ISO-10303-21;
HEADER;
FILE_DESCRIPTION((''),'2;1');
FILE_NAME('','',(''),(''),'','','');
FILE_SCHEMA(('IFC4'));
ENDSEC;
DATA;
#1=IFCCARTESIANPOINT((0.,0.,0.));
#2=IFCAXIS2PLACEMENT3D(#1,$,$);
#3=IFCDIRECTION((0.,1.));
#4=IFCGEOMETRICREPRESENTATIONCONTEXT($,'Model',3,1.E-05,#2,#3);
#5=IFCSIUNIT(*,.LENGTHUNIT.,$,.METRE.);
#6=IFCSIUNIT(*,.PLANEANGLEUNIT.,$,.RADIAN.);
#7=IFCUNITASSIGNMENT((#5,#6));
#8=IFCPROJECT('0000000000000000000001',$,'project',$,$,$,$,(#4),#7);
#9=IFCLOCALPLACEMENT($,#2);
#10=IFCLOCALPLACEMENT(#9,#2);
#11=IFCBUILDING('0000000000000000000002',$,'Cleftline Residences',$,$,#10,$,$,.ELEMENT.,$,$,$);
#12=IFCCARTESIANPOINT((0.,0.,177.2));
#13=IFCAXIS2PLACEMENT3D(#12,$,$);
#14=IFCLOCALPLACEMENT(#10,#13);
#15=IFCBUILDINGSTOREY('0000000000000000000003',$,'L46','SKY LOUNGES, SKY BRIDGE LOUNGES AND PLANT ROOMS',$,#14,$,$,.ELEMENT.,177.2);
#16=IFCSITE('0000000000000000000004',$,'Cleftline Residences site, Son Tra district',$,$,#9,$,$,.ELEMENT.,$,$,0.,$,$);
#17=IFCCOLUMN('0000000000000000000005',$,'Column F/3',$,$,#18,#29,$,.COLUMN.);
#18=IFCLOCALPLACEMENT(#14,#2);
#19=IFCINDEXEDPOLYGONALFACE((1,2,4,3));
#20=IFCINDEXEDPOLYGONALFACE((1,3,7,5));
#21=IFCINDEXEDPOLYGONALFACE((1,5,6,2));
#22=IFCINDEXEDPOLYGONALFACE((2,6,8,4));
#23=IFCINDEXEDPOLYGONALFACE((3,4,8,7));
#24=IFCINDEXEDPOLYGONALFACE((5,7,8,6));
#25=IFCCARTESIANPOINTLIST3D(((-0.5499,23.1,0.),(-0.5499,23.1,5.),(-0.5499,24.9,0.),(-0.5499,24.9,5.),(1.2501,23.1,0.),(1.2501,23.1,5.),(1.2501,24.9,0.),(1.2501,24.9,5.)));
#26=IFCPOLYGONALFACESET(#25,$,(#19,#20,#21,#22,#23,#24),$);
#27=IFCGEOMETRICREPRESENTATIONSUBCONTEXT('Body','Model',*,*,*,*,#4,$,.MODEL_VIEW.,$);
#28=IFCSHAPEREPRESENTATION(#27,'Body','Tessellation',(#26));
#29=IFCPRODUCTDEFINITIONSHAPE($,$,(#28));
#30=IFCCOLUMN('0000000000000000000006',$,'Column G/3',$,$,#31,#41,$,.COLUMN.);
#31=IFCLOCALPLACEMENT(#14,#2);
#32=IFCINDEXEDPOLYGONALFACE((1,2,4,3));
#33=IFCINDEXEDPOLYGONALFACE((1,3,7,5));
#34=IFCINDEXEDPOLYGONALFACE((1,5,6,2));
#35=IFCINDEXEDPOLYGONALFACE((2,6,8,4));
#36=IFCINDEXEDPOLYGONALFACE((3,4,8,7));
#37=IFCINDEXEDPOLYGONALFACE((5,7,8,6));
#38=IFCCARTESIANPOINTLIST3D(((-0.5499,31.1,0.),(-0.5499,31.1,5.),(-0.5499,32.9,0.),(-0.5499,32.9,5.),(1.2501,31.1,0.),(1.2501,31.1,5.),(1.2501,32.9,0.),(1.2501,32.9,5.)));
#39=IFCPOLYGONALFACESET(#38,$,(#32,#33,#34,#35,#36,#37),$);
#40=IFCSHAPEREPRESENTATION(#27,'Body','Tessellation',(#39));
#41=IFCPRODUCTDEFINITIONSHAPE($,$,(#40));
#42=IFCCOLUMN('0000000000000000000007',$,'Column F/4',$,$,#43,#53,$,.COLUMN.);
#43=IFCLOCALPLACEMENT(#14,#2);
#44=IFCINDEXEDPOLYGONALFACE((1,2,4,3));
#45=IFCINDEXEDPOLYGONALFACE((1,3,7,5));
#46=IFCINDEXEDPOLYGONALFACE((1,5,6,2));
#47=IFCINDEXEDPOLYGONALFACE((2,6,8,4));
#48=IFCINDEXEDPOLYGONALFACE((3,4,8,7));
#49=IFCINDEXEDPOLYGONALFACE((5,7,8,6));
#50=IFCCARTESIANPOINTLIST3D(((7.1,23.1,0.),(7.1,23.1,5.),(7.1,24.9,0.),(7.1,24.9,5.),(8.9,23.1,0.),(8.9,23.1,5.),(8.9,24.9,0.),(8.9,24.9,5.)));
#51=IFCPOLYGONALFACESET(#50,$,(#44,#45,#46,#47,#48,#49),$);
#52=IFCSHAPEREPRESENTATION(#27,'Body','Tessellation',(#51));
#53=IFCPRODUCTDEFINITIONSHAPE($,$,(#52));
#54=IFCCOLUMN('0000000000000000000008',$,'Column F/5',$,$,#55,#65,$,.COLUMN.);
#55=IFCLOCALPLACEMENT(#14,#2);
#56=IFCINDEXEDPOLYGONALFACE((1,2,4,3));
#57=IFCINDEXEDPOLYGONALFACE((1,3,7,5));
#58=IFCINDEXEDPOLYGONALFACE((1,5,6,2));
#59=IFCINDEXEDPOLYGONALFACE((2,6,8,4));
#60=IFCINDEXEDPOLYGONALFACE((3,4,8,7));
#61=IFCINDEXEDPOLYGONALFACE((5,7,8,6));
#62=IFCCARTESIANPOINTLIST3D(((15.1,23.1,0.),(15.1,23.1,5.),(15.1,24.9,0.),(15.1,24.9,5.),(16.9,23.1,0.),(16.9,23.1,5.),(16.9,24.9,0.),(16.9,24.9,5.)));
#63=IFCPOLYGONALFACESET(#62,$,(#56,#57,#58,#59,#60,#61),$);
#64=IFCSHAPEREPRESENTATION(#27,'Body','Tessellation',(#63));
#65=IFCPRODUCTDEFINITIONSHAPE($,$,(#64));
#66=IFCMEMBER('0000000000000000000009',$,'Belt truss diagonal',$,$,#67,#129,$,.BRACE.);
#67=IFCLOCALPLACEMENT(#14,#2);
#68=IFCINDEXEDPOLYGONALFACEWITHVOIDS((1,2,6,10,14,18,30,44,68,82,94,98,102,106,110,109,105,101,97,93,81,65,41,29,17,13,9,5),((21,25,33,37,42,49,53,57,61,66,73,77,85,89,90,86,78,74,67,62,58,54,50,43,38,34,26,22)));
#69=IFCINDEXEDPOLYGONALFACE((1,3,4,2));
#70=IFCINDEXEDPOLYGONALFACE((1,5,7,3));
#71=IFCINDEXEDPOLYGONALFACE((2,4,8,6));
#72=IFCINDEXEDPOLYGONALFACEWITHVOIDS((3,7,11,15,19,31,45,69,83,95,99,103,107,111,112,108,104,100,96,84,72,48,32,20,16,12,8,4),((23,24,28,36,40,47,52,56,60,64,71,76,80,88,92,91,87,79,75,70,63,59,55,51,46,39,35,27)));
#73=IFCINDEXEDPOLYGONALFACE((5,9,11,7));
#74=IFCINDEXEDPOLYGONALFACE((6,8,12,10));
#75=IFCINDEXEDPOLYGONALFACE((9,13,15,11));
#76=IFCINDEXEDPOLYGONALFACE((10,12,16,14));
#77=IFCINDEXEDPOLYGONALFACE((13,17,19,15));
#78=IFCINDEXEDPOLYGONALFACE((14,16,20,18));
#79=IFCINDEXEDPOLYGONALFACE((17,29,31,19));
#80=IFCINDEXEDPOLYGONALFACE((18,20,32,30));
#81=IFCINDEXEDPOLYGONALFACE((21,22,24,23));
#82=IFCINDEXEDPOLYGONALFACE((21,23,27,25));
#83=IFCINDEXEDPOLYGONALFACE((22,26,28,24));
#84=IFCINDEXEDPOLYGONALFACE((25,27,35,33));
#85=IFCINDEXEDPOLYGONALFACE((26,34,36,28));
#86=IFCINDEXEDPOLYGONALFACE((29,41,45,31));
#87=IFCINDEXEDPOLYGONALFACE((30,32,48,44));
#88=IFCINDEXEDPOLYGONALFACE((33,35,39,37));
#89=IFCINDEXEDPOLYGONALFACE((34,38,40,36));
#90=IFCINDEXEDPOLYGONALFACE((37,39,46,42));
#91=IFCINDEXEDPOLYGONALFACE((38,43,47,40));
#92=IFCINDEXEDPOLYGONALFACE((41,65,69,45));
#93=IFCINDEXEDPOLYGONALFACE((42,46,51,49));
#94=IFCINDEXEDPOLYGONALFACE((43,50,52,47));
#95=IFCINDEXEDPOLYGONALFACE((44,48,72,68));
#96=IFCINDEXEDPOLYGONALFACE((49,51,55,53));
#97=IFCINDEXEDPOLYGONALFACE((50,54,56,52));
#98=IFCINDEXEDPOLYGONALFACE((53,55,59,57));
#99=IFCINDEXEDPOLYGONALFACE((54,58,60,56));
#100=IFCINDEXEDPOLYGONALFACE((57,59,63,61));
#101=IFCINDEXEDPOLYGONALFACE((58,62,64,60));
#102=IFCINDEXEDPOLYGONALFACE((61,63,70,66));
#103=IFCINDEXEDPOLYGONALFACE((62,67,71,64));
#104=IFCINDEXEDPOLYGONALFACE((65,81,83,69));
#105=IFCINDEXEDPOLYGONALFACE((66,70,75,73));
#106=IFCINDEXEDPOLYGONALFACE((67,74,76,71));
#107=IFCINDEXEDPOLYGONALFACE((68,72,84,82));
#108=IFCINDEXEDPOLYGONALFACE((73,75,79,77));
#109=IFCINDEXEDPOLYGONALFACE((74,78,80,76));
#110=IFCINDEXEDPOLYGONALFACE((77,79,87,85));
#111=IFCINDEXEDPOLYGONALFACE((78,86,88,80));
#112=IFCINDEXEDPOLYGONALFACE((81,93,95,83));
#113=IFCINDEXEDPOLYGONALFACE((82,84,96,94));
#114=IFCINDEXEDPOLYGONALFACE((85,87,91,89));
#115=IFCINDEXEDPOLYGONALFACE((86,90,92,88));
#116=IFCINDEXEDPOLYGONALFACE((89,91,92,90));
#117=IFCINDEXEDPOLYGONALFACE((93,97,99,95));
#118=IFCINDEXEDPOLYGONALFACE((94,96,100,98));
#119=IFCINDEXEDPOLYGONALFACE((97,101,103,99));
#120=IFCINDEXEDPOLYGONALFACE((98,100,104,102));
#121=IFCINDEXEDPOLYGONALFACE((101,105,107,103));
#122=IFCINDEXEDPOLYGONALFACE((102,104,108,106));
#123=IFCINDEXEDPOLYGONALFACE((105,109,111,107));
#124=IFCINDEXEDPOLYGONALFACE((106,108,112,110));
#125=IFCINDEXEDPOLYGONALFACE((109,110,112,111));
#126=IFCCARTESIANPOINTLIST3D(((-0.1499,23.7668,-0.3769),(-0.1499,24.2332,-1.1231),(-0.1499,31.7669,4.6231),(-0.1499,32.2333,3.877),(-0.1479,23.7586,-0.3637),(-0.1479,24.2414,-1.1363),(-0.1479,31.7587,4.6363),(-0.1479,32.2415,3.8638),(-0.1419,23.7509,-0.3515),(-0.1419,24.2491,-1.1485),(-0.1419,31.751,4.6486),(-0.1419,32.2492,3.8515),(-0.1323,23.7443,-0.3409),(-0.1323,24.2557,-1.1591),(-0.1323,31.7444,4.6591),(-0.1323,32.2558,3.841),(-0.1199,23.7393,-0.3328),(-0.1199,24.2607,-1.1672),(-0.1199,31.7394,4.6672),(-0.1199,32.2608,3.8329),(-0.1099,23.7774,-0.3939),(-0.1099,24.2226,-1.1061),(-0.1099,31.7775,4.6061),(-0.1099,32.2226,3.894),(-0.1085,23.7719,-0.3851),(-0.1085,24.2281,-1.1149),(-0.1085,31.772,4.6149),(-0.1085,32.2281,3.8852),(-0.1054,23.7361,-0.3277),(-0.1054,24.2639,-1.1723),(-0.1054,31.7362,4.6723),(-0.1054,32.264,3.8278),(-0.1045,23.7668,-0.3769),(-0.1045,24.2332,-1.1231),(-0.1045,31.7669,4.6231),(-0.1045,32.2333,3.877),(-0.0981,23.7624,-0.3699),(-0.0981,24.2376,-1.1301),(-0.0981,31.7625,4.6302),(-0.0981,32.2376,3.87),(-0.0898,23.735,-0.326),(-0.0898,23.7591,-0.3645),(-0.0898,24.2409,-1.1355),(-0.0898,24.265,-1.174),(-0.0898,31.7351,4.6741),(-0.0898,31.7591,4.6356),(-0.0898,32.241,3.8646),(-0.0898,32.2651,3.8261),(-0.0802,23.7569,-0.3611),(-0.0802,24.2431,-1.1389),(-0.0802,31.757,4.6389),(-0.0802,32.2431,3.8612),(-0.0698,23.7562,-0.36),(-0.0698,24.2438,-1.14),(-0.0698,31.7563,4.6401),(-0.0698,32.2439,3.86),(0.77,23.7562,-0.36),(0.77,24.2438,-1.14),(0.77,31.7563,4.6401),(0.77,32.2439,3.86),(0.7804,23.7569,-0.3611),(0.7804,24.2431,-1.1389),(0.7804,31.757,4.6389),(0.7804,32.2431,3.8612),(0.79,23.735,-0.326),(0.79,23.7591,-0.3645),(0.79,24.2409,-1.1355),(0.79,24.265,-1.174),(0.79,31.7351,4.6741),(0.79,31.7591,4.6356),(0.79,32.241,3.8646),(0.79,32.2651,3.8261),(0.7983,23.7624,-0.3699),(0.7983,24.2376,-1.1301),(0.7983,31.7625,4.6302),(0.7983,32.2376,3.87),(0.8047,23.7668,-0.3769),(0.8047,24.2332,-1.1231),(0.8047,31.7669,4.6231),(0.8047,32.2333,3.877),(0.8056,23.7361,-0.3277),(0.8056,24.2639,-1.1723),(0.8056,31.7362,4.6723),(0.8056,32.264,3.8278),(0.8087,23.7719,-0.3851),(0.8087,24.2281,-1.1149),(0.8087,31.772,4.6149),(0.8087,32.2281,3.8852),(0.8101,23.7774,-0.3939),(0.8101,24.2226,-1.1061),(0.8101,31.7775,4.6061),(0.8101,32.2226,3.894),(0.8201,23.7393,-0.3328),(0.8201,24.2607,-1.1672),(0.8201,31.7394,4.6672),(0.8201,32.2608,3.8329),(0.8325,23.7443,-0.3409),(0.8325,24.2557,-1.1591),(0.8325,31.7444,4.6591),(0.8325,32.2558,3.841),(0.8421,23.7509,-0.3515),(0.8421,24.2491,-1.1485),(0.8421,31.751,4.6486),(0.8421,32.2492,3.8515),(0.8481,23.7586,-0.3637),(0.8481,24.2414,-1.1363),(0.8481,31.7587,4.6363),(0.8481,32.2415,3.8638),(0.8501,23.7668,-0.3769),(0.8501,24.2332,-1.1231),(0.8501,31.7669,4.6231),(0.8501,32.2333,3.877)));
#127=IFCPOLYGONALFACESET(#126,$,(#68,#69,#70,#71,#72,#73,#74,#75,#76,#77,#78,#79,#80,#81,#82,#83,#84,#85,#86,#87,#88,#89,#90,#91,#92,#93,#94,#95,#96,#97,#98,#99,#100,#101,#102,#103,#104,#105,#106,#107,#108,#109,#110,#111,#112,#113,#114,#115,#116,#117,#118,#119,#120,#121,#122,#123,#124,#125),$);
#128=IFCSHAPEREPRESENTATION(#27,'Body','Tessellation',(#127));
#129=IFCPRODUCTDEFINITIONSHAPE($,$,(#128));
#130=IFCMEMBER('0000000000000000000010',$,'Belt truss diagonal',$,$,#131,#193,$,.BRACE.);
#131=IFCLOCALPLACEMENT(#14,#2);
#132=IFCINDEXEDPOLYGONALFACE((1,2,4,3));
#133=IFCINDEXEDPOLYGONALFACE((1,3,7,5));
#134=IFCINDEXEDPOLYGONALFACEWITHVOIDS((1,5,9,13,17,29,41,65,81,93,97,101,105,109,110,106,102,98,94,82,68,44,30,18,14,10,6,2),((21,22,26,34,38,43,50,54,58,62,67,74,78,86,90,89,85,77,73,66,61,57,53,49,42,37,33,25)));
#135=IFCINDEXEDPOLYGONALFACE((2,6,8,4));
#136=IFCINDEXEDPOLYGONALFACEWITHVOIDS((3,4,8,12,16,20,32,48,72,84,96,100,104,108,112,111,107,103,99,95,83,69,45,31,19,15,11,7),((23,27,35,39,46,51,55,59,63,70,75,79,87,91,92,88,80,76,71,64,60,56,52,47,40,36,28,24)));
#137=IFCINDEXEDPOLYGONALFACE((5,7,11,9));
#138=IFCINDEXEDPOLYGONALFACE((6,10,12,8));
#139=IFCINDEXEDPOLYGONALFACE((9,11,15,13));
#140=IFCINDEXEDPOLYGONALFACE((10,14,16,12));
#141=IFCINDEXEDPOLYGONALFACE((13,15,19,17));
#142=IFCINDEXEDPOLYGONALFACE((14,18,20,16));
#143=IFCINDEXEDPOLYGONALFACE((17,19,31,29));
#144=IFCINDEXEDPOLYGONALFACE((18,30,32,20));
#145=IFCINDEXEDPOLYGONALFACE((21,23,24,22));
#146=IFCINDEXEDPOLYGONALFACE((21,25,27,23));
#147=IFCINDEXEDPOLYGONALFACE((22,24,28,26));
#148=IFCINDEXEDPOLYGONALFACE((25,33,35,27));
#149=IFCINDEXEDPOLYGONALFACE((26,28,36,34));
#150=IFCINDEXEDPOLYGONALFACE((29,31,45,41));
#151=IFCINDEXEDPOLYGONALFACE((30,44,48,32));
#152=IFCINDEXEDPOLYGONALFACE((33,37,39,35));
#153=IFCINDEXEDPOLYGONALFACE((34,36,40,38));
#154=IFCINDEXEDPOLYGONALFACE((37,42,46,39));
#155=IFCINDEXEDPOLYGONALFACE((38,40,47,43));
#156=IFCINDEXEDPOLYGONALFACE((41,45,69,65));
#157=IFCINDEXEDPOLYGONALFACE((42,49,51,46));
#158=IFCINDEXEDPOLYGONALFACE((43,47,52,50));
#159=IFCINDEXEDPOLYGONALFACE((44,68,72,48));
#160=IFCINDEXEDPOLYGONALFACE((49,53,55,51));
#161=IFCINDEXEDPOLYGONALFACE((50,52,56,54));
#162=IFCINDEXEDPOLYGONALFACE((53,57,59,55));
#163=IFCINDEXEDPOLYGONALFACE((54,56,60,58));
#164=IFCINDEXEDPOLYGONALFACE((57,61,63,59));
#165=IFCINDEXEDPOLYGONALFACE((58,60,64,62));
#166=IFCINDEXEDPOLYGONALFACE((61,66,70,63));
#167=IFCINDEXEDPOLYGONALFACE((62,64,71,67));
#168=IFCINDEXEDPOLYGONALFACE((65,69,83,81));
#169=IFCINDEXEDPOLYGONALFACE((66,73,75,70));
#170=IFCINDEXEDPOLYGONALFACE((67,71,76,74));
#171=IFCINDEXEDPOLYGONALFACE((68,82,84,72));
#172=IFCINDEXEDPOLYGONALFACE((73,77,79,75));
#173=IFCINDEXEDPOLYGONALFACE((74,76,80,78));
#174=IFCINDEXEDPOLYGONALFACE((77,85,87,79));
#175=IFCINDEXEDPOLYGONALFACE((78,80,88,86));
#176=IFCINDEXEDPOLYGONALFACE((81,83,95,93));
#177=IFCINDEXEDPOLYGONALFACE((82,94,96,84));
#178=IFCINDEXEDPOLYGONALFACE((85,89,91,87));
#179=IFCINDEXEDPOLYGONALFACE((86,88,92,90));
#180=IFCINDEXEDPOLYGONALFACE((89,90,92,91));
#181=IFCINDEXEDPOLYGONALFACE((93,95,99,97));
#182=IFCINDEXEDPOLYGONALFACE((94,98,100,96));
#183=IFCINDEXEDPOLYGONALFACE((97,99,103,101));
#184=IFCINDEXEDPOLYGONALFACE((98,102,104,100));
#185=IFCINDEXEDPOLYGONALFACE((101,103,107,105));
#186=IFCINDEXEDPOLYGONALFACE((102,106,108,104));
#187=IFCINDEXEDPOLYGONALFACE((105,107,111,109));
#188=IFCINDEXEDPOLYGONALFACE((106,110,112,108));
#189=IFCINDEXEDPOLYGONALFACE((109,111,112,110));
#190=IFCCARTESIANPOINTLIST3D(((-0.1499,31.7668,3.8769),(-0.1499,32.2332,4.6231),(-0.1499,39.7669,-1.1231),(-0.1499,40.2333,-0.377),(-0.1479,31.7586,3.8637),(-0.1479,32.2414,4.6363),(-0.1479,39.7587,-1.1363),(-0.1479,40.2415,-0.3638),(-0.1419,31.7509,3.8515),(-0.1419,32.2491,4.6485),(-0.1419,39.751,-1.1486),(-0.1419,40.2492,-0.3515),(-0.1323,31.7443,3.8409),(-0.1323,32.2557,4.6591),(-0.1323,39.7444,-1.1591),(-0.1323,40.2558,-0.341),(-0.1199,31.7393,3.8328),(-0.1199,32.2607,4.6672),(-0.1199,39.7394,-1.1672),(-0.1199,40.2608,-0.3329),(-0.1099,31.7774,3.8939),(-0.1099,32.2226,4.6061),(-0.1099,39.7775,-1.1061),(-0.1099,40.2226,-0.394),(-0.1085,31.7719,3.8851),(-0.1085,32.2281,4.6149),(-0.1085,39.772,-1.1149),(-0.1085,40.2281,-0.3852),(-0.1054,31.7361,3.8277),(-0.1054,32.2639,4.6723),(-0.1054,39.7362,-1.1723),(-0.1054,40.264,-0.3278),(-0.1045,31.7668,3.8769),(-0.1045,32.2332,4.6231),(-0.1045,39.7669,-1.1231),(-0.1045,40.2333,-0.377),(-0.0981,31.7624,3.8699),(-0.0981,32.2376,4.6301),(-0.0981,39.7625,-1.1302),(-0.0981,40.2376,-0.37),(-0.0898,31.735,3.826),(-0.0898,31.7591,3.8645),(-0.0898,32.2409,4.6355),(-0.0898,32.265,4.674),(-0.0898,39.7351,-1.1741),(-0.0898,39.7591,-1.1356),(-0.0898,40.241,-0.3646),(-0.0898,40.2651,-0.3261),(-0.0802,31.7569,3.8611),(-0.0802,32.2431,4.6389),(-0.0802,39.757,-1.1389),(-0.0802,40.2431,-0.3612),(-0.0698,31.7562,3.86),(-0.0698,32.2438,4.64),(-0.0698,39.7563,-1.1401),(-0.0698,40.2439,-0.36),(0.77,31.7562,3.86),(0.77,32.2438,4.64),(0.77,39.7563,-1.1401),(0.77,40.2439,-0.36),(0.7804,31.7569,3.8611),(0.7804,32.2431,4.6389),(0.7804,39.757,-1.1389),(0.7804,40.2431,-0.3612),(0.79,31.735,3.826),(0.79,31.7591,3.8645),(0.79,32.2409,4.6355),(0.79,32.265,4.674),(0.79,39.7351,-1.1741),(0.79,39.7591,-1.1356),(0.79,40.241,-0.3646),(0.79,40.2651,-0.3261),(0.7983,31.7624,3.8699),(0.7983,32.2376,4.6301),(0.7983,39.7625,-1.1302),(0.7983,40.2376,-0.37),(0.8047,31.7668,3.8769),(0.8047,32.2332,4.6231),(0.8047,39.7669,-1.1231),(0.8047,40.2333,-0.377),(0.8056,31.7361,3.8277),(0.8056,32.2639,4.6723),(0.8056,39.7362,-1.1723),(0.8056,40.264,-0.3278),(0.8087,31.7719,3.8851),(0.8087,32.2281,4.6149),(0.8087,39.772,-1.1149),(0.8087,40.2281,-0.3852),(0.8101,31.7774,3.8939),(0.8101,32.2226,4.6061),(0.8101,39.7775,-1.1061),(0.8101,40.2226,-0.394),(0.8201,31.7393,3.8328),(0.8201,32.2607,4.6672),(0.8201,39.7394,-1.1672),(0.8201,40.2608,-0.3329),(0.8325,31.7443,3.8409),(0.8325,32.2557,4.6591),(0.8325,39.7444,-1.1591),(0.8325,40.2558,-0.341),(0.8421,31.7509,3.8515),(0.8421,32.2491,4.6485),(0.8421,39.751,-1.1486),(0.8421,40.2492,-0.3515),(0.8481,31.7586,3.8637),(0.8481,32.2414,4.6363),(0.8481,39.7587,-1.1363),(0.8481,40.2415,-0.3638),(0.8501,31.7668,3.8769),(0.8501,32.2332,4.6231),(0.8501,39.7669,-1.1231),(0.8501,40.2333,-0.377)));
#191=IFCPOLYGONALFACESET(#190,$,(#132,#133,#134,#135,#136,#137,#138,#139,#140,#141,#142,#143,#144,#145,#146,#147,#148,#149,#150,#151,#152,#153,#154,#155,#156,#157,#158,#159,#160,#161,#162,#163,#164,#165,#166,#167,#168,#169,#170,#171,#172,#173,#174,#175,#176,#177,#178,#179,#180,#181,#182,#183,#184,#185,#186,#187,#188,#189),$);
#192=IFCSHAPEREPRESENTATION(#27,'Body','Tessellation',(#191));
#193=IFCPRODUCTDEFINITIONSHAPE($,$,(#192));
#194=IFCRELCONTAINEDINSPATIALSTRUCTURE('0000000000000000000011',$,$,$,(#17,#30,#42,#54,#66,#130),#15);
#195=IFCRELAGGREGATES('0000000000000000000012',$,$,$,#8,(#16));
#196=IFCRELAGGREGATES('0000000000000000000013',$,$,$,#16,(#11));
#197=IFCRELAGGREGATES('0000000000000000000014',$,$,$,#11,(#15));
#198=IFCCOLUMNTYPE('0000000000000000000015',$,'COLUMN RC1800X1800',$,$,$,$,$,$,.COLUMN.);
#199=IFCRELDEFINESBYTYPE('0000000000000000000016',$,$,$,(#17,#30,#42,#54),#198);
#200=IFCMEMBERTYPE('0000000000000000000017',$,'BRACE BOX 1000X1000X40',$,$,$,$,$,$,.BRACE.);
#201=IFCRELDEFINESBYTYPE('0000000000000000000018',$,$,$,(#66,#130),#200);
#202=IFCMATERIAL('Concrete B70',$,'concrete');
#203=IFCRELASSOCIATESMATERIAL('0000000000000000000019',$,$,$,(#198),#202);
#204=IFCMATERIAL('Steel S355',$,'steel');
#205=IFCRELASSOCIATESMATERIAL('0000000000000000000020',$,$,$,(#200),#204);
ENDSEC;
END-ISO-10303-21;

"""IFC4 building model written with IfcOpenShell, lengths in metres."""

from ifc_helpers import new_model, si_unit, direction, frame, origin, origin_2d, place, context, subcontext, project, spatial, rectangle, hollow_rectangle, extrude, material, material_profile, profile_set, type_object, element, save


model = new_model("IFC4")

# Units and contexts
model_context = context("Model", 3, precision=1e-05, world=origin(), true_north=direction((0.0, 1.0)))
body_context = subcontext(model_context, "Body", "Model", "MODEL_VIEW")
ifc_project = project(units=[si_unit("LENGTHUNIT", "METRE"), si_unit("PLANEANGLEUNIT", "RADIAN")], contexts=[model_context])

# Site, building, storey
site_placement = place(None, origin())
site = spatial("IfcSite", under=ifc_project, at=site_placement, Name="Cleftline Residences site, Son Tra district", CompositionType="ELEMENT", RefElevation=0.0)
building_placement = place(site_placement, origin())
building = spatial("IfcBuilding", under=site, at=building_placement, Name="Cleftline Residences", CompositionType="ELEMENT")
storey_placement = place(building_placement, frame((0.0, 0.0, 177.2)))
storey = spatial("IfcBuildingStorey", under=building, at=storey_placement, Name="L46", Description="SKY LOUNGES, SKY BRIDGE LOUNGES AND PLANT ROOMS", CompositionType="ELEMENT", Elevation=177.2)

# Columns
ifc_material_1 = material(Name="Concrete B70", Category="concrete")
ifc_material_profile_1 = material_profile(ifc_material_1, rectangle(XDim=1.8, YDim=1.8, at=origin_2d()))
ifc_profile_set_1 = profile_set([ifc_material_profile_1], Name="Concrete B70")
column_type = type_object("IfcColumnType", Name="COLUMN RC1800X1800", PredefinedType="COLUMN", material=ifc_profile_set_1)
for number, where, z_axis, x_axis, name in (
    (1, (0.3501, 24.0, 0.0), (0.0, 0.0, 1.0), (1.0, 0.0, 0.0), "Column F/3"),
    (2, (0.3501, 32.0, 0.0), (0.0, 0.0, 1.0), (1.0, 0.0, 0.0), "Column G/3"),
    (3, (8.0, 24.0, 0.0), (0.0, 0.0, 1.0), (1.0, 0.0, 0.0), "Column F/4"),
    (4, (16.0, 24.0, 0.0), (0.0, 0.0, 1.0), (1.0, 0.0, 0.0), "Column F/5"),
):
    element("IfcColumn", number, at=place(storey_placement, frame(where, z_axis=z_axis, x_axis=x_axis)), inside=storey, type_object=column_type, Name=name, PredefinedType="COLUMN", context=body_context, shape_type="SweptSolid", body=[
        extrude(rectangle(XDim=1.8, YDim=1.8, at=origin_2d()), origin(), (0.0, 0.0, 1.0), 5.0),
    ])

# Members
ifc_material_2 = material(Name="Steel S355", Category="steel")
ifc_material_profile_2 = material_profile(ifc_material_2, hollow_rectangle(XDim=1.0, YDim=1.0, WallThickness=0.04, InnerFilletRadius=0.04, OuterFilletRadius=0.0601, at=origin_2d()))
ifc_profile_set_2 = profile_set([ifc_material_profile_2], Name="Steel S355")
member_type_1 = type_object("IfcMemberType", Name="BRACE BOX 1000X1000X40", PredefinedType="BRACE", material=ifc_profile_set_2)
for number, where, z_axis, x_axis, name in (
    (5, (0.3501, 24.0, -0.75), (0.0, 0.847998, 0.529999), (0.0, -0.529999, 0.847998), "Belt truss diagonal"),
    (6, (0.3501, 32.0, 4.25), (0.0, 0.847998, -0.529999), (0.0, 0.529999, 0.847998), "Belt truss diagonal"),
):
    element("IfcMember", number, at=place(storey_placement, frame(where, z_axis=z_axis, x_axis=x_axis)), inside=storey, type_object=member_type_1, Name=name, PredefinedType="BRACE", context=body_context, shape_type="SweptSolid", body=[
        extrude(hollow_rectangle(XDim=1.0, YDim=1.0, WallThickness=0.04, InnerFilletRadius=0.04, OuterFilletRadius=0.0601, at=origin_2d()), origin(), (0.0, 0.0, 1.0), 9.4341),
    ])

save(model, "model.ifc")
